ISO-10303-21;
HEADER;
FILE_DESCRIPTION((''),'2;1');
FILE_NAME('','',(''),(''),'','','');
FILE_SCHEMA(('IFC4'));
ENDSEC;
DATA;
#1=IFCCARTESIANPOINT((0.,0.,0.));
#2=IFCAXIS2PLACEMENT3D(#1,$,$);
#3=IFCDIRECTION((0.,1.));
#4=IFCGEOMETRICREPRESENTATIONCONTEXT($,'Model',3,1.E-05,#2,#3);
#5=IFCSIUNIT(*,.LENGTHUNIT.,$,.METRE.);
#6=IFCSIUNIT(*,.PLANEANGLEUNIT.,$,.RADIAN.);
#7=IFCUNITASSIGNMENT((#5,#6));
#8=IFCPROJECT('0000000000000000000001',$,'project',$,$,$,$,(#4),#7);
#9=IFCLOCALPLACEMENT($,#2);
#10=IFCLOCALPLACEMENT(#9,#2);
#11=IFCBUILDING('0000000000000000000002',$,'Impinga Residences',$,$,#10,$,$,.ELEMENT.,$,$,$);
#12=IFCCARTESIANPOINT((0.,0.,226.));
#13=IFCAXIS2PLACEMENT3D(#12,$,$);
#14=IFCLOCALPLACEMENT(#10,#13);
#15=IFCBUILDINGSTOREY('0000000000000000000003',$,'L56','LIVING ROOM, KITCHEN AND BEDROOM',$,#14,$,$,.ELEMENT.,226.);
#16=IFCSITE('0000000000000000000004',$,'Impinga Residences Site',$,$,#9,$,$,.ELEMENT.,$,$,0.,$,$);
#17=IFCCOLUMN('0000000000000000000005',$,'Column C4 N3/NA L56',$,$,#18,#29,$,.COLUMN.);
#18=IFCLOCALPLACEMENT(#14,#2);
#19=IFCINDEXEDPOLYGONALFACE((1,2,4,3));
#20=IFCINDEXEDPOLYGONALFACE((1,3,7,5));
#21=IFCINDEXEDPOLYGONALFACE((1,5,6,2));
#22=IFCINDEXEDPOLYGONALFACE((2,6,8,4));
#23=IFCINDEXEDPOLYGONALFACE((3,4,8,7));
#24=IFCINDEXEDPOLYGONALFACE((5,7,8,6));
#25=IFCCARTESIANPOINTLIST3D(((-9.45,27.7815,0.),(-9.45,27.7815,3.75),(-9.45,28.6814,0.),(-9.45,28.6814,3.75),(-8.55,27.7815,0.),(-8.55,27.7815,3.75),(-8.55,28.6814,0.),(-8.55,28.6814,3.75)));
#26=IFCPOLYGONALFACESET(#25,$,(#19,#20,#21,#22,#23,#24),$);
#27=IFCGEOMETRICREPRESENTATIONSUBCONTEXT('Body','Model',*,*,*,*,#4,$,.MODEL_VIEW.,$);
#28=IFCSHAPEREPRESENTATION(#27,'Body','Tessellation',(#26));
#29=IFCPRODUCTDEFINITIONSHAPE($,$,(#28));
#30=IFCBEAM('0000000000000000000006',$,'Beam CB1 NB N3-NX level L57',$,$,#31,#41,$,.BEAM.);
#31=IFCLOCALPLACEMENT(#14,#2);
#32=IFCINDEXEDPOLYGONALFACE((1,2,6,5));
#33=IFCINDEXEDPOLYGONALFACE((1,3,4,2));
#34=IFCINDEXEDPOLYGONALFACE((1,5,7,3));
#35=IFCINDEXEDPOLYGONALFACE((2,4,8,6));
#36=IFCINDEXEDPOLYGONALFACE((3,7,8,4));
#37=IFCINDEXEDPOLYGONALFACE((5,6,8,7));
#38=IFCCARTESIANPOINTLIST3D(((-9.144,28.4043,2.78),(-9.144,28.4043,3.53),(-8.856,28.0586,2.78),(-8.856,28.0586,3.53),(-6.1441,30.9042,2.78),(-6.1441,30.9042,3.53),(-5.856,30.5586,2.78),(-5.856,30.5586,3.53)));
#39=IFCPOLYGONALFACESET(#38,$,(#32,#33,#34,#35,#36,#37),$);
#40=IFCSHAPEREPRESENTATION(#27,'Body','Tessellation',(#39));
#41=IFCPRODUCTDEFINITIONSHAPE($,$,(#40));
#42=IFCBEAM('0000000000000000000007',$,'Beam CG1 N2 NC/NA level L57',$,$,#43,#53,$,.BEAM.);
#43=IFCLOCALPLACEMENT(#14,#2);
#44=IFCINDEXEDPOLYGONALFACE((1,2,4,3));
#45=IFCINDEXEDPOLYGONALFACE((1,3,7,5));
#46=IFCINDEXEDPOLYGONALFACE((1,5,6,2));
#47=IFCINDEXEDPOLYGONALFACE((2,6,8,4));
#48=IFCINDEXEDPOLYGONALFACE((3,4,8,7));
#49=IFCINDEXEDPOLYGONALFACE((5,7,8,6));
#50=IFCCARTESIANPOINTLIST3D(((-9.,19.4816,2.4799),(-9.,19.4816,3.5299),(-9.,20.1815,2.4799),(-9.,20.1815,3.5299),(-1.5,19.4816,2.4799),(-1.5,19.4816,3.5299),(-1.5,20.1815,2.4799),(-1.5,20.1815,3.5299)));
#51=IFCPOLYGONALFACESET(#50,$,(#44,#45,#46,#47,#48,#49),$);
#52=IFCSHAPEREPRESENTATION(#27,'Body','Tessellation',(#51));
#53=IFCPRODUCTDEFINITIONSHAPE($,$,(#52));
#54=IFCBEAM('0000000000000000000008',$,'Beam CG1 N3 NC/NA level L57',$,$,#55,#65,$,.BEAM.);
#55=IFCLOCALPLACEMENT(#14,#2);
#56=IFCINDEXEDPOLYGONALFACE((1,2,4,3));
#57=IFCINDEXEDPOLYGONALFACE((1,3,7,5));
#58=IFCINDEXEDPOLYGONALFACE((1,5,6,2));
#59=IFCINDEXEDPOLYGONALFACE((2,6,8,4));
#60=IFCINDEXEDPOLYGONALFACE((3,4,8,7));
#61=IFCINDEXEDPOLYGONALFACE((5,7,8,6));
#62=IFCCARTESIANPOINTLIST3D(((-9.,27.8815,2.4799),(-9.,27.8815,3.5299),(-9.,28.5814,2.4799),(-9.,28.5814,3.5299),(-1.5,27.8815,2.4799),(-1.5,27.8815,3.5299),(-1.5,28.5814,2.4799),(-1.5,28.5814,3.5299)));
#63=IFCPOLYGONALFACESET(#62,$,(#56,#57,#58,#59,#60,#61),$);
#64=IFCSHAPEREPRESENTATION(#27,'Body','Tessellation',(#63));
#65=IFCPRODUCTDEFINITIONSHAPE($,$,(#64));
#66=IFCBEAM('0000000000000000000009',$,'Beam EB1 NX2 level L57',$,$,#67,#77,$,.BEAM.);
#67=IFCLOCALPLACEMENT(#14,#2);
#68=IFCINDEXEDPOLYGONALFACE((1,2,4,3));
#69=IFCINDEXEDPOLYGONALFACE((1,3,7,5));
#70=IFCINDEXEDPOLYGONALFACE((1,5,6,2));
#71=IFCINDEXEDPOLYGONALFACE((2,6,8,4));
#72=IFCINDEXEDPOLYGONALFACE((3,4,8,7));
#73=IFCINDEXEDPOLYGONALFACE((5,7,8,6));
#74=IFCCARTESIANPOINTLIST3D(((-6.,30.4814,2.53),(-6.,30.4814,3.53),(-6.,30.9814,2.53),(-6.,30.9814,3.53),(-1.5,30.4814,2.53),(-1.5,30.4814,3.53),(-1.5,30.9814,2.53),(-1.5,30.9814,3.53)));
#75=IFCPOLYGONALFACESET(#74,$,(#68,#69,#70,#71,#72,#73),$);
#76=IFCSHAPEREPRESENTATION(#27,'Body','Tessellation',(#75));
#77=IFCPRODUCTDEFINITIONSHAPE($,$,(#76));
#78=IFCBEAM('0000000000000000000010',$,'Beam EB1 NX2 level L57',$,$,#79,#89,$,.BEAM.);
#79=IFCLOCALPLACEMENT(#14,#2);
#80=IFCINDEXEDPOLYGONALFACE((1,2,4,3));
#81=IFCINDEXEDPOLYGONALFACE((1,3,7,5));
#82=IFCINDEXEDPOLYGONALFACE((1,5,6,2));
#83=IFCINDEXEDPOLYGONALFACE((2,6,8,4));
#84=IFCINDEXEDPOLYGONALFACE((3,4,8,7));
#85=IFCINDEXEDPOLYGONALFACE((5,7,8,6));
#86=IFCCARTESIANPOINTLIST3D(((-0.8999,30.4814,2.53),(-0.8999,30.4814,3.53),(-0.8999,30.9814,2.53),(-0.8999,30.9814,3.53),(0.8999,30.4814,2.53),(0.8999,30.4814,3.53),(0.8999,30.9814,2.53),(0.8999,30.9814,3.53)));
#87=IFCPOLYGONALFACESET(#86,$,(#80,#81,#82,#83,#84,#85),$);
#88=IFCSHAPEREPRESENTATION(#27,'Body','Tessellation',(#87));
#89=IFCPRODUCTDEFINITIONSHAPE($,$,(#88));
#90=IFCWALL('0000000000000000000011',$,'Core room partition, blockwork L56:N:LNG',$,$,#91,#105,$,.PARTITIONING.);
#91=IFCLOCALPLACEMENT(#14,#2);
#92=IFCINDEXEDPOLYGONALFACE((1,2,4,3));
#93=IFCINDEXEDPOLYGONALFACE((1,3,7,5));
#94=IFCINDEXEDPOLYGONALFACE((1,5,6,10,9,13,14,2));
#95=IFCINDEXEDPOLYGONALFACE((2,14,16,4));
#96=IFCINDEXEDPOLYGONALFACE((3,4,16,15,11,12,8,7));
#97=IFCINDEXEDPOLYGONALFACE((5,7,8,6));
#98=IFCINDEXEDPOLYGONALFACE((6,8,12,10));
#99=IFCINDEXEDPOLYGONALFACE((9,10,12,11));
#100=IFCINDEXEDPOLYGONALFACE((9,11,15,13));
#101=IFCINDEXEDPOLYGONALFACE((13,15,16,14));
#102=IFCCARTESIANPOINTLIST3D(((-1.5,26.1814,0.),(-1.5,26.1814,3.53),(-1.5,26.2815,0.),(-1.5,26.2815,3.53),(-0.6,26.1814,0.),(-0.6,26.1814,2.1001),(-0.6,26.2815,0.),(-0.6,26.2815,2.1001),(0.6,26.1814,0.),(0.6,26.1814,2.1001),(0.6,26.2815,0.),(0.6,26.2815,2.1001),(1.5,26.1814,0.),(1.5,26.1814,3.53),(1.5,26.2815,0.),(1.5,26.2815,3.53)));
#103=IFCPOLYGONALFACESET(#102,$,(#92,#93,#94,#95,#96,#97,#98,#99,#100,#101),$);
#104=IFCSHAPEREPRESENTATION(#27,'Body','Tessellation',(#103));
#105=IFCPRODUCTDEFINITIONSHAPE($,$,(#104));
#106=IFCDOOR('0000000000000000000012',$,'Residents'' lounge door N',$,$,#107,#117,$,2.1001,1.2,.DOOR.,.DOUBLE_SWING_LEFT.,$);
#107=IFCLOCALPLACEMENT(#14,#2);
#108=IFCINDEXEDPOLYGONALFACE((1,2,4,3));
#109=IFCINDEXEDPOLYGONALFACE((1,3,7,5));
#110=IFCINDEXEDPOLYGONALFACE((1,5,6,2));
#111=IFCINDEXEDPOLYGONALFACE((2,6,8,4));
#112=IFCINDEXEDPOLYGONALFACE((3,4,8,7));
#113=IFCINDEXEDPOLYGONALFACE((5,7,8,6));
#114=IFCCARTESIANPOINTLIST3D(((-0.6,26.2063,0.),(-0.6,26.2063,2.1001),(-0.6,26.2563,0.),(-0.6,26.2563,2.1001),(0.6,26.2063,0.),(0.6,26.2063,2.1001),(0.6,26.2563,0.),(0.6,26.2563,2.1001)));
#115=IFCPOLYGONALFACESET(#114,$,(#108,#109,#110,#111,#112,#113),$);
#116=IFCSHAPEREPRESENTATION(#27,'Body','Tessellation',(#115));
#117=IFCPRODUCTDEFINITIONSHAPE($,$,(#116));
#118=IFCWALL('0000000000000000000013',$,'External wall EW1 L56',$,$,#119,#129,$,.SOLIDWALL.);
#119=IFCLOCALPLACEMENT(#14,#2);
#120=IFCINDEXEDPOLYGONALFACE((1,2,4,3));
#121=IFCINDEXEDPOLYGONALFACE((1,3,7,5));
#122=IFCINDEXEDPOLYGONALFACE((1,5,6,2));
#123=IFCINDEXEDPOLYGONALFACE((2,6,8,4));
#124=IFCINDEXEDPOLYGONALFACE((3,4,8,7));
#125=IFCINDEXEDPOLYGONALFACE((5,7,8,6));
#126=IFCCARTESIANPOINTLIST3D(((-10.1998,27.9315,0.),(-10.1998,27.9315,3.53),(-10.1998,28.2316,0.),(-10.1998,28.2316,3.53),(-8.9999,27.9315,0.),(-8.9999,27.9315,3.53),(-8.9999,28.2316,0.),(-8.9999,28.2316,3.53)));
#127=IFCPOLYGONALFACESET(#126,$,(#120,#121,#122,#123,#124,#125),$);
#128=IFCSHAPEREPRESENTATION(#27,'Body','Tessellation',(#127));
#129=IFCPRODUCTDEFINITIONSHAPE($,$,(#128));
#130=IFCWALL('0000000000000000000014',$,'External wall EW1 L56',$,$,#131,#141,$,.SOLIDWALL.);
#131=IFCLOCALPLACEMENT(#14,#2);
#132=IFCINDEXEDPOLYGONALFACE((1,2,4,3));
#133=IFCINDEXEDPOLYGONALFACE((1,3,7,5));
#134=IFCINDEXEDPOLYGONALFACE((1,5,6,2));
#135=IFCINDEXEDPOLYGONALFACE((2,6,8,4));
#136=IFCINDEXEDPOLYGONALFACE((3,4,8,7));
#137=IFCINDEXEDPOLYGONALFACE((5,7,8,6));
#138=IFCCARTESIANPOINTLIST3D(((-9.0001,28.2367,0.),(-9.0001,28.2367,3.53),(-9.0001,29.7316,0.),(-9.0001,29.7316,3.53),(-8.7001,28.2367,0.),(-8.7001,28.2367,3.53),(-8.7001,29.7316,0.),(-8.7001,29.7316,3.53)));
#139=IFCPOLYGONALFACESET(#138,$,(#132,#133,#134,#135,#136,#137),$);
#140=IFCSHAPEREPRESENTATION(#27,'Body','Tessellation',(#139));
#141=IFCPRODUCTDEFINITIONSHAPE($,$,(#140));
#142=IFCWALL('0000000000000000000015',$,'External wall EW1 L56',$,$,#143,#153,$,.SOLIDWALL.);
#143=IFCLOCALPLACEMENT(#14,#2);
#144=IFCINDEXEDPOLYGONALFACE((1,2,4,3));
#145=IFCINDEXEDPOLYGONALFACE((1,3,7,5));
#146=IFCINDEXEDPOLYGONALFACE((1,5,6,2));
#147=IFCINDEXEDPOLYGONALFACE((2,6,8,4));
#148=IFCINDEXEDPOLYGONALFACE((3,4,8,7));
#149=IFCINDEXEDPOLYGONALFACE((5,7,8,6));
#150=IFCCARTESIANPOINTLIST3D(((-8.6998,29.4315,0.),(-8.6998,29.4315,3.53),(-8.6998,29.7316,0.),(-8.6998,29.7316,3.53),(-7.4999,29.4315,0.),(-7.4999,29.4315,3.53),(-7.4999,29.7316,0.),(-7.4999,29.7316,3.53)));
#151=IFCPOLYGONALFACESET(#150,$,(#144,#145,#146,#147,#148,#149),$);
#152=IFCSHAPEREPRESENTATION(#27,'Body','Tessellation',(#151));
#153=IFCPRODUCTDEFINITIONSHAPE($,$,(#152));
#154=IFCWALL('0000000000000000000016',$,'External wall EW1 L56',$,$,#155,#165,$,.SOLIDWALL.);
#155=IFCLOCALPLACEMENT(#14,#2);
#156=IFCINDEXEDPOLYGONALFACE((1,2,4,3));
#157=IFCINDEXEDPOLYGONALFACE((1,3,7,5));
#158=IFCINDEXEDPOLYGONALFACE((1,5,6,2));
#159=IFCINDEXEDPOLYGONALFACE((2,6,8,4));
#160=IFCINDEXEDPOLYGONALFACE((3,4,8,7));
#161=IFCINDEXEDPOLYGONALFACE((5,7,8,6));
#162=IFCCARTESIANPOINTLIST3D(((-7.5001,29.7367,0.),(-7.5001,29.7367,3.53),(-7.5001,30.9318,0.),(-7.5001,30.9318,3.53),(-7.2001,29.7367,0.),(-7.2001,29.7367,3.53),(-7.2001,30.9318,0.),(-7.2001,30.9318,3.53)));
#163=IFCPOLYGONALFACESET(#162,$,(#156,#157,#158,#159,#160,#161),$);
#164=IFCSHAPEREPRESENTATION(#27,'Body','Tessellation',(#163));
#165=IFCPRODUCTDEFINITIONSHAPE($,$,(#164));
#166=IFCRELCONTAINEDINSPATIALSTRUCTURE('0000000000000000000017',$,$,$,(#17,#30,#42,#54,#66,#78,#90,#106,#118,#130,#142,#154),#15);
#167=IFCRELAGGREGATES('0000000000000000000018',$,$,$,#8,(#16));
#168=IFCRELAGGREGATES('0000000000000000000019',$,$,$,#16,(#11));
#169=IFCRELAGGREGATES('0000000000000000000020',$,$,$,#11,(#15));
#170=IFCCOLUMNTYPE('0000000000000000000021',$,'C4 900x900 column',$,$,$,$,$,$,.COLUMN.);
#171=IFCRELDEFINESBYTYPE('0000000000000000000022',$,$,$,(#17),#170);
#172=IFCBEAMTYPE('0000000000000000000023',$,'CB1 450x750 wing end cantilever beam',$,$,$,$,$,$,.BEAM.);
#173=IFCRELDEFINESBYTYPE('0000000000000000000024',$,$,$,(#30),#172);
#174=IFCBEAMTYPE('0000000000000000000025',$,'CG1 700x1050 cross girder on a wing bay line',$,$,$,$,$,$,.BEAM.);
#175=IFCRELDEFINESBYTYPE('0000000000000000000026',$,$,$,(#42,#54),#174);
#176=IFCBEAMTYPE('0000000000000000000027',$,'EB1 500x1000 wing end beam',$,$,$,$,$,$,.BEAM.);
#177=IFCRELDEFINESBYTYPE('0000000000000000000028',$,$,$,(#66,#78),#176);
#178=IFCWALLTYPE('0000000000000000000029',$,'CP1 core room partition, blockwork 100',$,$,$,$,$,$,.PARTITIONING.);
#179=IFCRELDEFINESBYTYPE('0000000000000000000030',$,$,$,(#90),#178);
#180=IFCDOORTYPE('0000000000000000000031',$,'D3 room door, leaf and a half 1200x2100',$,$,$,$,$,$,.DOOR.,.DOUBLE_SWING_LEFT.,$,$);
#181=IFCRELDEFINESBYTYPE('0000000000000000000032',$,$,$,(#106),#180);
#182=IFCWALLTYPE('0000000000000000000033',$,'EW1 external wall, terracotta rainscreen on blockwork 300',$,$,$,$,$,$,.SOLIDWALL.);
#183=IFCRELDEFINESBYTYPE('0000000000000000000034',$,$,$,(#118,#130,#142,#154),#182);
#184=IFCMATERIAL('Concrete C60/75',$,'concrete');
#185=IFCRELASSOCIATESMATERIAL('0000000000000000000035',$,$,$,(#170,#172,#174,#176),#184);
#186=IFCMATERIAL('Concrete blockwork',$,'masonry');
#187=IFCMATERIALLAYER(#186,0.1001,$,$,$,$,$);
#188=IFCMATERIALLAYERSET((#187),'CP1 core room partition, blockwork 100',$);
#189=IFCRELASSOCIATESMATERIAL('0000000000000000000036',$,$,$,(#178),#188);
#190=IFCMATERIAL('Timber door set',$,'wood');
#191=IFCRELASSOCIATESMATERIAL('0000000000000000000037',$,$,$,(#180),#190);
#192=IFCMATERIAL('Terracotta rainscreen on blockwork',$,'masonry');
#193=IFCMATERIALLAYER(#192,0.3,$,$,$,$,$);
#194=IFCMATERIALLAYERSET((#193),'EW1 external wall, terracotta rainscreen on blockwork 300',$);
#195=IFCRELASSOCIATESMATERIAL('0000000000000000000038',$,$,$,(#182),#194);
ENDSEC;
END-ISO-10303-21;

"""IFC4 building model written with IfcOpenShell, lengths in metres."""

from ifc_helpers import new_model, si_unit, direction, frame, frame_2d, origin, origin_2d, place, context, subcontext, project, spatial, rectangle, extrude, material, layer, layer_set, material_profile, profile_set, type_object, element, fill, save


model = new_model("IFC4")

# Units and contexts
model_context = context("Model", 3, precision=1e-05, world=origin(), true_north=direction((0.0, 1.0)))
body_context = subcontext(model_context, "Body", "Model", "MODEL_VIEW")
ifc_project = project(units=[si_unit("LENGTHUNIT", "METRE"), si_unit("PLANEANGLEUNIT", "RADIAN")], contexts=[model_context])

# Site, building, storey
site_placement = place(None, origin())
site = spatial("IfcSite", under=ifc_project, at=site_placement, Name="Impinga Residences Site", CompositionType="ELEMENT", RefElevation=0.0)
building_placement = place(site_placement, origin())
building = spatial("IfcBuilding", under=site, at=building_placement, Name="Impinga Residences", CompositionType="ELEMENT")
storey_placement = place(building_placement, frame((0.0, 0.0, 226.0)))
storey = spatial("IfcBuildingStorey", under=building, at=storey_placement, Name="L56", Description="LIVING ROOM, KITCHEN AND BEDROOM", CompositionType="ELEMENT", Elevation=226.0)

# Column
ifc_material_1 = material(Name="Concrete C60/75", Category="concrete")
ifc_material_profile_1 = material_profile(ifc_material_1, rectangle(XDim=0.8999, YDim=0.8999, at=origin_2d()), Name="RC 900x900")
ifc_profile_set_1 = profile_set([ifc_material_profile_1], Name="Concrete C60/75")
column_type = type_object("IfcColumnType", Name="C4 900x900 column", PredefinedType="COLUMN", material=ifc_profile_set_1)
column_placement = place(storey_placement, frame((-9.0, 28.2314, 0.0), z_axis=(0.0, 0.0, 1.0), x_axis=(1.0, 0.0, 0.0)))
element("IfcColumn", 1, at=column_placement, inside=storey, type_object=column_type, Name="Column C4 N3/NA L56", PredefinedType="COLUMN", context=body_context, shape_type="SweptSolid", body=[
    extrude(rectangle(XDim=0.8999, YDim=0.8999, at=origin_2d()), origin(), (0.0, 0.0, 1.0), 3.75),
])

# Beams
ifc_material_profile_2 = material_profile(ifc_material_1, rectangle(XDim=0.45, YDim=0.75, at=origin_2d()), Name="RC 450x750")
ifc_profile_set_2 = profile_set([ifc_material_profile_2], Name="Concrete C60/75")
beam_type_1 = type_object("IfcBeamType", Name="CB1 450x750 wing end cantilever beam", PredefinedType="BEAM", material=ifc_profile_set_2)
beam_1_placement = place(storey_placement, frame((-9.0, 28.2314, 3.155), z_axis=(0.768221, 0.640184, 0.0), x_axis=(-0.640184, 0.768221, 0.0)))
element("IfcBeam", 2, at=beam_1_placement, inside=storey, type_object=beam_type_1, Name="Beam CB1 NB N3-NX level L57", PredefinedType="BEAM", context=body_context, shape_type="SweptSolid", body=[
    extrude(rectangle(XDim=0.45, YDim=0.75, at=origin_2d()), origin(), (0.0, 0.0, 1.0), 3.905),
])
ifc_material_profile_3 = material_profile(ifc_material_1, rectangle(XDim=0.7, YDim=1.05, at=origin_2d()), Name="RC 700x1050")
ifc_profile_set_3 = profile_set([ifc_material_profile_3], Name="Concrete C60/75")
beam_type_2 = type_object("IfcBeamType", Name="CG1 700x1050 cross girder on a wing bay line", PredefinedType="BEAM", material=ifc_profile_set_3)
for number, where, z_axis, x_axis, name in (
    (3, (-1.5, 19.8315, 3.0049), (-1.0, 0.0, 0.0), (0.0, -1.0, 0.0), "Beam CG1 N2 NC/NA level L57"),
    (4, (-1.5, 28.2314, 3.0049), (-1.0, 0.0, 0.0), (0.0, -1.0, 0.0), "Beam CG1 N3 NC/NA level L57"),
):
    element("IfcBeam", number, at=place(storey_placement, frame(where, z_axis=z_axis, x_axis=x_axis)), inside=storey, type_object=beam_type_2, Name=name, PredefinedType="BEAM", context=body_context, shape_type="SweptSolid", body=[
        extrude(rectangle(XDim=0.7, YDim=1.05, at=origin_2d()), origin(), (0.0, 0.0, 1.0), 7.5),
    ])
ifc_material_profile_4 = material_profile(ifc_material_1, rectangle(XDim=0.5, YDim=1.0, at=origin_2d()), Name="RC 500x1000")
ifc_profile_set_4 = profile_set([ifc_material_profile_4], Name="Concrete C60/75")
beam_type_3 = type_object("IfcBeamType", Name="EB1 500x1000 wing end beam", PredefinedType="BEAM", material=ifc_profile_set_4)
beam_2_placement = place(storey_placement, frame((-6.0, 30.7314, 3.03), z_axis=(1.0, 0.0, 0.0), x_axis=(0.0, 1.0, 0.0)))
element("IfcBeam", 5, at=beam_2_placement, inside=storey, type_object=beam_type_3, Name="Beam EB1 NX2 level L57", PredefinedType="BEAM", context=body_context, shape_type="SweptSolid", body=[
    extrude(rectangle(XDim=0.5, YDim=1.0, at=origin_2d()), origin(), (0.0, 0.0, 1.0), 4.5),
])
beam_3_placement = place(storey_placement, frame((-0.8999, 30.7314, 3.03), z_axis=(1.0, 0.0, 0.0), x_axis=(0.0, 1.0, 0.0)))
element("IfcBeam", 6, at=beam_3_placement, inside=storey, type_object=beam_type_3, Name="Beam EB1 NX2 level L57", PredefinedType="BEAM", context=body_context, shape_type="SweptSolid", body=[
    extrude(rectangle(XDim=0.5, YDim=1.0, at=origin_2d()), origin(), (0.0, 0.0, 1.0), 1.7998),
])

# Wall, opening, door
ifc_material_2 = material(Name="Concrete blockwork", Category="masonry")
ifc_layer_1 = layer(ifc_material_2, 0.1001)
ifc_layer_set_1 = layer_set([ifc_layer_1], Name="CP1 core room partition, blockwork 100")
wall_type_1 = type_object("IfcWallType", Name="CP1 core room partition, blockwork 100", PredefinedType="PARTITIONING", material=ifc_layer_set_1)
wall_1_placement = place(storey_placement, frame((-1.5, 26.2314, 0.0), z_axis=(0.0, 0.0, 1.0), x_axis=(1.0, 0.0, 0.0)))
wall_1 = element("IfcWall", 7, at=wall_1_placement, inside=storey, type_object=wall_type_1, Name="Core room partition, blockwork L56:N:LNG", PredefinedType="PARTITIONING", context=body_context, shape_type="SweptSolid", body=[
    extrude(rectangle(XDim=3.0, YDim=0.1001, at=frame_2d((1.5, 0.0))), origin(), (0.0, 0.0, 1.0), 3.53),
])
opening_1_placement = place(wall_1_placement, frame((0.8999, 0.0, 0.0)))
opening_1 = element("IfcOpeningElement", 8, at=opening_1_placement, cuts=wall_1, PredefinedType="OPENING", context=body_context, shape_type="SweptSolid", body=[
    extrude(rectangle(XDim=1.2, YDim=2.1001, at=frame_2d((0.6001, 1.05))), frame((0.0, 0.0601, 0.0), z_axis=(0.0, -1.0, 0.0), x_axis=(1.0, 0.0, 0.0)), (0.0, 0.0, 1.0), 0.1201),
])
ifc_material_3 = material(Name="Timber door set", Category="wood")
door_type_1 = type_object("IfcDoorType", Name="D3 room door, leaf and a half 1200x2100", OperationType="DOUBLE_SWING_LEFT", PredefinedType="DOOR", material=ifc_material_3)
door_1_placement = place(opening_1_placement, origin())
door_1 = element("IfcDoor", 9, at=door_1_placement, inside=storey, type_object=door_type_1, Name="Residents' lounge door N", OperationType="DOUBLE_SWING_LEFT", OverallHeight=2.1001, OverallWidth=1.2, PredefinedType="DOOR", context=body_context, shape_type="SweptSolid", body=[
    extrude(rectangle(XDim=1.2, YDim=2.1001, at=frame_2d((0.6001, 1.05))), frame((0.0, 0.0249, 0.0), z_axis=(0.0, -1.0, 0.0), x_axis=(1.0, 0.0, 0.0)), (0.0, 0.0, 1.0), 0.05),
])
fill(opening_1, door_1)

# Walls
ifc_material_4 = material(Name="Terracotta rainscreen on blockwork", Category="masonry")
ifc_layer_2 = layer(ifc_material_4, 0.3)
ifc_layer_set_2 = layer_set([ifc_layer_2], Name="EW1 external wall, terracotta rainscreen on blockwork 300")
wall_type_2 = type_object("IfcWallType", Name="EW1 external wall, terracotta rainscreen on blockwork 300", PredefinedType="SOLIDWALL", material=ifc_layer_set_2)
wall_2_placement = place(storey_placement, frame((-10.2, 28.0815, 0.0), z_axis=(0.0, 0.0, 1.0), x_axis=(1.0, 0.0, 0.0)))
element("IfcWall", 10, at=wall_2_placement, inside=storey, type_object=wall_type_2, Name="External wall EW1 L56", PredefinedType="SOLIDWALL", context=body_context, shape_type="SweptSolid", body=[
    extrude(rectangle(XDim=1.2, YDim=0.3, at=frame_2d((0.6001, 0.0))), origin(), (0.0, 0.0, 1.0), 3.53),
])
wall_3_placement = place(storey_placement, frame((-8.8501, 28.2366, 0.0), z_axis=(0.0, 0.0, 1.0), x_axis=(0.0, 1.0, 0.0)))
element("IfcWall", 11, at=wall_3_placement, inside=storey, type_object=wall_type_2, Name="External wall EW1 L56", PredefinedType="SOLIDWALL", context=body_context, shape_type="SweptSolid", body=[
    extrude(rectangle(XDim=1.4949, YDim=0.3, at=frame_2d((0.7476, 0.0))), origin(), (0.0, 0.0, 1.0), 3.53),
])
wall_4_placement = place(storey_placement, frame((-8.7, 29.5815, 0.0), z_axis=(0.0, 0.0, 1.0), x_axis=(1.0, 0.0, 0.0)))
element("IfcWall", 12, at=wall_4_placement, inside=storey, type_object=wall_type_2, Name="External wall EW1 L56", PredefinedType="SOLIDWALL", context=body_context, shape_type="SweptSolid", body=[
    extrude(rectangle(XDim=1.2, YDim=0.3, at=frame_2d((0.6001, 0.0))), origin(), (0.0, 0.0, 1.0), 3.53),
])
wall_5_placement = place(storey_placement, frame((-7.3501, 29.7366, 0.0), z_axis=(0.0, 0.0, 1.0), x_axis=(0.0, 1.0, 0.0)))
element("IfcWall", 13, at=wall_5_placement, inside=storey, type_object=wall_type_2, Name="External wall EW1 L56", PredefinedType="SOLIDWALL", context=body_context, shape_type="SweptSolid", body=[
    extrude(rectangle(XDim=1.1951, YDim=0.3, at=frame_2d((0.5977, 0.0))), origin(), (0.0, 0.0, 1.0), 3.53),
])

save(model, "model.ifc")
